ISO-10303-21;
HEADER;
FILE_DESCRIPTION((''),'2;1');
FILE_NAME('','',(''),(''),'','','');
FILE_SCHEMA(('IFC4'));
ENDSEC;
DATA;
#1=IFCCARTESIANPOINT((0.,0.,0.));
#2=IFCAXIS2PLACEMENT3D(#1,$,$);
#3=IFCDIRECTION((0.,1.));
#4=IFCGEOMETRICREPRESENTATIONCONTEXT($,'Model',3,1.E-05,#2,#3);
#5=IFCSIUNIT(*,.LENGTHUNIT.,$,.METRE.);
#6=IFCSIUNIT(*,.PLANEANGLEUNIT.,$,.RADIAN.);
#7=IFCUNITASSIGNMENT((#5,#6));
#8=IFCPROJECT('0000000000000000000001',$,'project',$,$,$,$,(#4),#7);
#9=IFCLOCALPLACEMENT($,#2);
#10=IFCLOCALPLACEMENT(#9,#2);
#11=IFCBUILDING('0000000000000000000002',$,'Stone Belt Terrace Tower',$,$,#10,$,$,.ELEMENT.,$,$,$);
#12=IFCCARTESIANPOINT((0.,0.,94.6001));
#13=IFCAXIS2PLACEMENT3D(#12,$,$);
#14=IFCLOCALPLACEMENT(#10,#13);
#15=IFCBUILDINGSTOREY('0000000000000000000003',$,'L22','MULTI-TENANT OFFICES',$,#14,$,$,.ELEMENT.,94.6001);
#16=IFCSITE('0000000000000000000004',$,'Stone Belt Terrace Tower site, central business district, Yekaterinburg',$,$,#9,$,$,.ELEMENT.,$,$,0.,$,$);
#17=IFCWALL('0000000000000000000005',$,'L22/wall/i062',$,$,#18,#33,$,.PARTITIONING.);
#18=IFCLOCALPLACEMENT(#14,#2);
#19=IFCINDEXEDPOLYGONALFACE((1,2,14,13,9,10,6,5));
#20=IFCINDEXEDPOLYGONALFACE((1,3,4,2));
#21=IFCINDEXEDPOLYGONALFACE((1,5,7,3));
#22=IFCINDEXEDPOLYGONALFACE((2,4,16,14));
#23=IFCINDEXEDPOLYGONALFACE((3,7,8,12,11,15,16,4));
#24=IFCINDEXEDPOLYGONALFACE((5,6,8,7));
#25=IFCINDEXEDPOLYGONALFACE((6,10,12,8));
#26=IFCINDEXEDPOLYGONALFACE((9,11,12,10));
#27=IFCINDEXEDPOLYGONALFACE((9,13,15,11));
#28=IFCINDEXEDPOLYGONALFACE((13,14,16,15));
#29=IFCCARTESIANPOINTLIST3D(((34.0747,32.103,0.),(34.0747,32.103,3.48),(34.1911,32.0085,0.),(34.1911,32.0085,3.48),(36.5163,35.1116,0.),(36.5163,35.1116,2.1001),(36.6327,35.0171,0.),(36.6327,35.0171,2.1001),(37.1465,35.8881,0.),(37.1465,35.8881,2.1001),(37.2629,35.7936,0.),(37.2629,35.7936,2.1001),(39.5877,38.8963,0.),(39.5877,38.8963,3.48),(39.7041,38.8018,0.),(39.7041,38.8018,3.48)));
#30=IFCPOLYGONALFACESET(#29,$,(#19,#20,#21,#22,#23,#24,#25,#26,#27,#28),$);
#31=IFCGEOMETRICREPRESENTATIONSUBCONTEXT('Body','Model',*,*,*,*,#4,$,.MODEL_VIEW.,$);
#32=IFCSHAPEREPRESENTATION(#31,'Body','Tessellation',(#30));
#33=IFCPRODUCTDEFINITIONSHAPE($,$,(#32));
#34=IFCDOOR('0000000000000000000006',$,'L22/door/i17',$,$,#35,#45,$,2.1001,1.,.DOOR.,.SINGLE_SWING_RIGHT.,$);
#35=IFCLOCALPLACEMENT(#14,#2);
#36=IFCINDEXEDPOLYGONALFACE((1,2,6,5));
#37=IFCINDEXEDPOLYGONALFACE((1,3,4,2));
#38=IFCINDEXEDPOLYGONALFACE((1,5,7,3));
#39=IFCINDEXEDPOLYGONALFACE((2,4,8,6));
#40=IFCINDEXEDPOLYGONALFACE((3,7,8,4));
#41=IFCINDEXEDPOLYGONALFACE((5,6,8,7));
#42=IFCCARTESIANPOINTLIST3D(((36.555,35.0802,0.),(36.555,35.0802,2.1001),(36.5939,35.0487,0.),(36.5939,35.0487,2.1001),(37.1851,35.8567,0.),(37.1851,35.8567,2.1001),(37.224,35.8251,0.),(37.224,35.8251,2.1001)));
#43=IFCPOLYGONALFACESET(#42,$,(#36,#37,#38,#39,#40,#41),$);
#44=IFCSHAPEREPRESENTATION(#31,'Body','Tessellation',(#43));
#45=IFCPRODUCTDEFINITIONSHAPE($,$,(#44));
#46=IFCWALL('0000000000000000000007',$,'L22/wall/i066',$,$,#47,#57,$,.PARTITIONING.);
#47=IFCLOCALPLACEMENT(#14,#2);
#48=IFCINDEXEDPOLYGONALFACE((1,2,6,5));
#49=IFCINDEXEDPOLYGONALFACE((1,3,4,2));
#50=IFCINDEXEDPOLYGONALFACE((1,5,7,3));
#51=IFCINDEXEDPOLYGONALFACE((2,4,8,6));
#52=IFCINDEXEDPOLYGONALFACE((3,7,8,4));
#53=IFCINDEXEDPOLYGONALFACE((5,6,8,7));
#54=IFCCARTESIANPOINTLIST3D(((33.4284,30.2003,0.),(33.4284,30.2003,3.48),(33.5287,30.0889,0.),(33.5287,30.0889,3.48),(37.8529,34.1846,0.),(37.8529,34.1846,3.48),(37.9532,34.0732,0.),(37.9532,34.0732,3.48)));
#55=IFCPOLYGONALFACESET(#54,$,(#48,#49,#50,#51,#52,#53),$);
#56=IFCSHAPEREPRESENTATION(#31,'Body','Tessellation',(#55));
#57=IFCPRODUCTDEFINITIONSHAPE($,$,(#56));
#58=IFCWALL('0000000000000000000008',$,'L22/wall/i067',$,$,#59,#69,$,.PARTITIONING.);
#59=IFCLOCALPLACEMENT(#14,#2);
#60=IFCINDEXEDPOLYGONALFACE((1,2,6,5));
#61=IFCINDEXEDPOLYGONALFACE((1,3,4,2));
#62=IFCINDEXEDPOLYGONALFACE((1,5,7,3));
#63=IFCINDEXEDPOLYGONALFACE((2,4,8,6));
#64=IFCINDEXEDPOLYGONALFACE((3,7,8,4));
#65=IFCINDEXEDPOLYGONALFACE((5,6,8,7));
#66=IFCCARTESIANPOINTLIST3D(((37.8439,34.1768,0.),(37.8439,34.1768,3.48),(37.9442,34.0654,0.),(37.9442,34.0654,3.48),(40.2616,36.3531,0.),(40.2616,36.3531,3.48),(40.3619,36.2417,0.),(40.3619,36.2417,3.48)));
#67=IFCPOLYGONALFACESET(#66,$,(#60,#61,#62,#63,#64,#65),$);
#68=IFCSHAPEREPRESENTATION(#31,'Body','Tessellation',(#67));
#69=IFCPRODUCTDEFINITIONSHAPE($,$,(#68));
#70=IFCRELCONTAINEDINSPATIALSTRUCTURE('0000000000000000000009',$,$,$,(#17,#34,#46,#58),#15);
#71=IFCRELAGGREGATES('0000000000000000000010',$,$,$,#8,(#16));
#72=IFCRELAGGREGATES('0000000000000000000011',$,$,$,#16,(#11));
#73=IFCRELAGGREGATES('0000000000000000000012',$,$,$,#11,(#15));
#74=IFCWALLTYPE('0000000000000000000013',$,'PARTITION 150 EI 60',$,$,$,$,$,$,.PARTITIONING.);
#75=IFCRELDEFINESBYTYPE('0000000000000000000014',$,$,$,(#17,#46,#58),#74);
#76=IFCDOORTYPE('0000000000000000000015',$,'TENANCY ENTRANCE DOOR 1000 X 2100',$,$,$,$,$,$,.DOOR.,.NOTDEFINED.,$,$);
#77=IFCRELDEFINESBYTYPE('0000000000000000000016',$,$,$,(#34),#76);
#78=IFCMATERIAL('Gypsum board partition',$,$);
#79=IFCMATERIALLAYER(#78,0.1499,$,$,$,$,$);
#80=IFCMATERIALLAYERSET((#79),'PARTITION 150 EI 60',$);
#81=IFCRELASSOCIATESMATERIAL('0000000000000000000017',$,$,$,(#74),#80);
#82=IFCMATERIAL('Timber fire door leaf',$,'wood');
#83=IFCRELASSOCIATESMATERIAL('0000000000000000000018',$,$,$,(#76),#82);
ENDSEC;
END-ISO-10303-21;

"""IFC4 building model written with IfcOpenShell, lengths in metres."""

from ifc_helpers import new_model, si_unit, direction, frame, frame_2d, origin, place, context, subcontext, project, spatial, rectangle, extrude, material, layer, layer_set, type_object, element, fill, save


model = new_model("IFC4")

# Units and contexts
model_context = context("Model", 3, precision=1e-05, world=origin(), true_north=direction((0.0, 1.0)))
body_context = subcontext(model_context, "Body", "Model", "MODEL_VIEW")
ifc_project = project(units=[si_unit("LENGTHUNIT", "METRE"), si_unit("PLANEANGLEUNIT", "RADIAN")], contexts=[model_context])

# Site, building, storey
site_placement = place(None, origin())
site = spatial("IfcSite", under=ifc_project, at=site_placement, Name="Stone Belt Terrace Tower site, central business district, Yekaterinburg", CompositionType="ELEMENT", RefElevation=0.0)
building_placement = place(site_placement, origin())
building = spatial("IfcBuilding", under=site, at=building_placement, Name="Stone Belt Terrace Tower", CompositionType="ELEMENT")
storey_placement = place(building_placement, frame((0.0, 0.0, 94.6001)))
storey = spatial("IfcBuildingStorey", under=building, at=storey_placement, Name="L22", Description="MULTI-TENANT OFFICES", CompositionType="ELEMENT", Elevation=94.6001)

# Shared definitions
ifc_material_1 = material(Name="Gypsum board partition")

# Shared definitions
ifc_layer_1 = layer(ifc_material_1, 0.1499)
ifc_layer_set_1 = layer_set([ifc_layer_1], Name="PARTITION 150 EI 60")
wall_type_1 = type_object("IfcWallType", Name="PARTITION 150 EI 60", PredefinedType="PARTITIONING", material=ifc_layer_set_1)

# Shared definitions
ifc_material_2 = material(Name="Timber fire door leaf", Category="wood")
door_type_1 = type_object("IfcDoorType", Name="TENANCY ENTRANCE DOOR 1000 X 2100", OperationType="NOTDEFINED", PredefinedType="DOOR", material=ifc_material_2)

# Wall, opening, door
wall_1_placement = place(storey_placement, frame((39.646, 38.8491, 0.0), z_axis=(0.0, 0.0, 1.0), x_axis=(-0.630142, -0.77648, 0.0)))
wall_1 = element("IfcWall", 1, at=wall_1_placement, inside=storey, type_object=wall_type_1, Name="L22/wall/i062", PredefinedType="PARTITIONING", context=body_context, shape_type="SweptSolid", body=[
    extrude(rectangle(XDim=8.7488, YDim=0.1499, at=frame_2d((4.3745, 0.0))), origin(), (0.0, 0.0, 1.0), 3.48),
])
opening_1_placement = place(wall_1_placement, frame((3.8743, 0.0, 0.0)))
opening_1 = element("IfcOpeningElement", 2, at=opening_1_placement, cuts=wall_1, PredefinedType="OPENING", context=body_context, shape_type="SweptSolid", body=[
    extrude(rectangle(XDim=1.0, YDim=2.1001, at=frame_2d((0.5, 1.05))), frame((0.0, 0.085, 0.0), z_axis=(0.0, -1.0, 0.0), x_axis=(1.0, 0.0, 0.0)), (0.0, 0.0, 1.0), 0.1699),
])
door_1_placement = place(opening_1_placement, origin())
door_1 = element("IfcDoor", 3, at=door_1_placement, inside=storey, type_object=door_type_1, Name="L22/door/i17", OperationType="SINGLE_SWING_RIGHT", OverallHeight=2.1001, OverallWidth=1.0, PredefinedType="DOOR", context=body_context, shape_type="SweptSolid", body=[
    extrude(rectangle(XDim=1.0, YDim=2.1001, at=frame_2d((0.5, 1.05))), frame((0.0, 0.0249, 0.0), z_axis=(0.0, -1.0, 0.0), x_axis=(1.0, 0.0, 0.0)), (0.0, 0.0, 1.0), 0.05),
])
fill(opening_1, door_1)

# Walls
wall_2_placement = place(storey_placement, frame((37.9031, 34.1289, 0.0), z_axis=(0.0, 0.0, 1.0), x_axis=(-0.743105, -0.669175, 0.0)))
element("IfcWall", 4, at=wall_2_placement, inside=storey, type_object=wall_type_1, Name="L22/wall/i066", PredefinedType="PARTITIONING", context=body_context, shape_type="SweptSolid", body=[
    extrude(rectangle(XDim=5.9541, YDim=0.1499, at=frame_2d((2.9771, 0.0))), origin(), (0.0, 0.0, 1.0), 3.48),
])
wall_3_placement = place(storey_placement, frame((40.3118, 36.2974, 0.0), z_axis=(0.0, 0.0, 1.0), x_axis=(-0.743246, -0.669019, 0.0)))
element("IfcWall", 5, at=wall_3_placement, inside=storey, type_object=wall_type_1, Name="L22/wall/i067", PredefinedType="PARTITIONING", context=body_context, shape_type="SweptSolid", body=[
    extrude(rectangle(XDim=3.2529, YDim=0.1499, at=frame_2d((1.6265, 0.0))), origin(), (0.0, 0.0, 1.0), 3.48),
])

save(model, "model.ifc")
